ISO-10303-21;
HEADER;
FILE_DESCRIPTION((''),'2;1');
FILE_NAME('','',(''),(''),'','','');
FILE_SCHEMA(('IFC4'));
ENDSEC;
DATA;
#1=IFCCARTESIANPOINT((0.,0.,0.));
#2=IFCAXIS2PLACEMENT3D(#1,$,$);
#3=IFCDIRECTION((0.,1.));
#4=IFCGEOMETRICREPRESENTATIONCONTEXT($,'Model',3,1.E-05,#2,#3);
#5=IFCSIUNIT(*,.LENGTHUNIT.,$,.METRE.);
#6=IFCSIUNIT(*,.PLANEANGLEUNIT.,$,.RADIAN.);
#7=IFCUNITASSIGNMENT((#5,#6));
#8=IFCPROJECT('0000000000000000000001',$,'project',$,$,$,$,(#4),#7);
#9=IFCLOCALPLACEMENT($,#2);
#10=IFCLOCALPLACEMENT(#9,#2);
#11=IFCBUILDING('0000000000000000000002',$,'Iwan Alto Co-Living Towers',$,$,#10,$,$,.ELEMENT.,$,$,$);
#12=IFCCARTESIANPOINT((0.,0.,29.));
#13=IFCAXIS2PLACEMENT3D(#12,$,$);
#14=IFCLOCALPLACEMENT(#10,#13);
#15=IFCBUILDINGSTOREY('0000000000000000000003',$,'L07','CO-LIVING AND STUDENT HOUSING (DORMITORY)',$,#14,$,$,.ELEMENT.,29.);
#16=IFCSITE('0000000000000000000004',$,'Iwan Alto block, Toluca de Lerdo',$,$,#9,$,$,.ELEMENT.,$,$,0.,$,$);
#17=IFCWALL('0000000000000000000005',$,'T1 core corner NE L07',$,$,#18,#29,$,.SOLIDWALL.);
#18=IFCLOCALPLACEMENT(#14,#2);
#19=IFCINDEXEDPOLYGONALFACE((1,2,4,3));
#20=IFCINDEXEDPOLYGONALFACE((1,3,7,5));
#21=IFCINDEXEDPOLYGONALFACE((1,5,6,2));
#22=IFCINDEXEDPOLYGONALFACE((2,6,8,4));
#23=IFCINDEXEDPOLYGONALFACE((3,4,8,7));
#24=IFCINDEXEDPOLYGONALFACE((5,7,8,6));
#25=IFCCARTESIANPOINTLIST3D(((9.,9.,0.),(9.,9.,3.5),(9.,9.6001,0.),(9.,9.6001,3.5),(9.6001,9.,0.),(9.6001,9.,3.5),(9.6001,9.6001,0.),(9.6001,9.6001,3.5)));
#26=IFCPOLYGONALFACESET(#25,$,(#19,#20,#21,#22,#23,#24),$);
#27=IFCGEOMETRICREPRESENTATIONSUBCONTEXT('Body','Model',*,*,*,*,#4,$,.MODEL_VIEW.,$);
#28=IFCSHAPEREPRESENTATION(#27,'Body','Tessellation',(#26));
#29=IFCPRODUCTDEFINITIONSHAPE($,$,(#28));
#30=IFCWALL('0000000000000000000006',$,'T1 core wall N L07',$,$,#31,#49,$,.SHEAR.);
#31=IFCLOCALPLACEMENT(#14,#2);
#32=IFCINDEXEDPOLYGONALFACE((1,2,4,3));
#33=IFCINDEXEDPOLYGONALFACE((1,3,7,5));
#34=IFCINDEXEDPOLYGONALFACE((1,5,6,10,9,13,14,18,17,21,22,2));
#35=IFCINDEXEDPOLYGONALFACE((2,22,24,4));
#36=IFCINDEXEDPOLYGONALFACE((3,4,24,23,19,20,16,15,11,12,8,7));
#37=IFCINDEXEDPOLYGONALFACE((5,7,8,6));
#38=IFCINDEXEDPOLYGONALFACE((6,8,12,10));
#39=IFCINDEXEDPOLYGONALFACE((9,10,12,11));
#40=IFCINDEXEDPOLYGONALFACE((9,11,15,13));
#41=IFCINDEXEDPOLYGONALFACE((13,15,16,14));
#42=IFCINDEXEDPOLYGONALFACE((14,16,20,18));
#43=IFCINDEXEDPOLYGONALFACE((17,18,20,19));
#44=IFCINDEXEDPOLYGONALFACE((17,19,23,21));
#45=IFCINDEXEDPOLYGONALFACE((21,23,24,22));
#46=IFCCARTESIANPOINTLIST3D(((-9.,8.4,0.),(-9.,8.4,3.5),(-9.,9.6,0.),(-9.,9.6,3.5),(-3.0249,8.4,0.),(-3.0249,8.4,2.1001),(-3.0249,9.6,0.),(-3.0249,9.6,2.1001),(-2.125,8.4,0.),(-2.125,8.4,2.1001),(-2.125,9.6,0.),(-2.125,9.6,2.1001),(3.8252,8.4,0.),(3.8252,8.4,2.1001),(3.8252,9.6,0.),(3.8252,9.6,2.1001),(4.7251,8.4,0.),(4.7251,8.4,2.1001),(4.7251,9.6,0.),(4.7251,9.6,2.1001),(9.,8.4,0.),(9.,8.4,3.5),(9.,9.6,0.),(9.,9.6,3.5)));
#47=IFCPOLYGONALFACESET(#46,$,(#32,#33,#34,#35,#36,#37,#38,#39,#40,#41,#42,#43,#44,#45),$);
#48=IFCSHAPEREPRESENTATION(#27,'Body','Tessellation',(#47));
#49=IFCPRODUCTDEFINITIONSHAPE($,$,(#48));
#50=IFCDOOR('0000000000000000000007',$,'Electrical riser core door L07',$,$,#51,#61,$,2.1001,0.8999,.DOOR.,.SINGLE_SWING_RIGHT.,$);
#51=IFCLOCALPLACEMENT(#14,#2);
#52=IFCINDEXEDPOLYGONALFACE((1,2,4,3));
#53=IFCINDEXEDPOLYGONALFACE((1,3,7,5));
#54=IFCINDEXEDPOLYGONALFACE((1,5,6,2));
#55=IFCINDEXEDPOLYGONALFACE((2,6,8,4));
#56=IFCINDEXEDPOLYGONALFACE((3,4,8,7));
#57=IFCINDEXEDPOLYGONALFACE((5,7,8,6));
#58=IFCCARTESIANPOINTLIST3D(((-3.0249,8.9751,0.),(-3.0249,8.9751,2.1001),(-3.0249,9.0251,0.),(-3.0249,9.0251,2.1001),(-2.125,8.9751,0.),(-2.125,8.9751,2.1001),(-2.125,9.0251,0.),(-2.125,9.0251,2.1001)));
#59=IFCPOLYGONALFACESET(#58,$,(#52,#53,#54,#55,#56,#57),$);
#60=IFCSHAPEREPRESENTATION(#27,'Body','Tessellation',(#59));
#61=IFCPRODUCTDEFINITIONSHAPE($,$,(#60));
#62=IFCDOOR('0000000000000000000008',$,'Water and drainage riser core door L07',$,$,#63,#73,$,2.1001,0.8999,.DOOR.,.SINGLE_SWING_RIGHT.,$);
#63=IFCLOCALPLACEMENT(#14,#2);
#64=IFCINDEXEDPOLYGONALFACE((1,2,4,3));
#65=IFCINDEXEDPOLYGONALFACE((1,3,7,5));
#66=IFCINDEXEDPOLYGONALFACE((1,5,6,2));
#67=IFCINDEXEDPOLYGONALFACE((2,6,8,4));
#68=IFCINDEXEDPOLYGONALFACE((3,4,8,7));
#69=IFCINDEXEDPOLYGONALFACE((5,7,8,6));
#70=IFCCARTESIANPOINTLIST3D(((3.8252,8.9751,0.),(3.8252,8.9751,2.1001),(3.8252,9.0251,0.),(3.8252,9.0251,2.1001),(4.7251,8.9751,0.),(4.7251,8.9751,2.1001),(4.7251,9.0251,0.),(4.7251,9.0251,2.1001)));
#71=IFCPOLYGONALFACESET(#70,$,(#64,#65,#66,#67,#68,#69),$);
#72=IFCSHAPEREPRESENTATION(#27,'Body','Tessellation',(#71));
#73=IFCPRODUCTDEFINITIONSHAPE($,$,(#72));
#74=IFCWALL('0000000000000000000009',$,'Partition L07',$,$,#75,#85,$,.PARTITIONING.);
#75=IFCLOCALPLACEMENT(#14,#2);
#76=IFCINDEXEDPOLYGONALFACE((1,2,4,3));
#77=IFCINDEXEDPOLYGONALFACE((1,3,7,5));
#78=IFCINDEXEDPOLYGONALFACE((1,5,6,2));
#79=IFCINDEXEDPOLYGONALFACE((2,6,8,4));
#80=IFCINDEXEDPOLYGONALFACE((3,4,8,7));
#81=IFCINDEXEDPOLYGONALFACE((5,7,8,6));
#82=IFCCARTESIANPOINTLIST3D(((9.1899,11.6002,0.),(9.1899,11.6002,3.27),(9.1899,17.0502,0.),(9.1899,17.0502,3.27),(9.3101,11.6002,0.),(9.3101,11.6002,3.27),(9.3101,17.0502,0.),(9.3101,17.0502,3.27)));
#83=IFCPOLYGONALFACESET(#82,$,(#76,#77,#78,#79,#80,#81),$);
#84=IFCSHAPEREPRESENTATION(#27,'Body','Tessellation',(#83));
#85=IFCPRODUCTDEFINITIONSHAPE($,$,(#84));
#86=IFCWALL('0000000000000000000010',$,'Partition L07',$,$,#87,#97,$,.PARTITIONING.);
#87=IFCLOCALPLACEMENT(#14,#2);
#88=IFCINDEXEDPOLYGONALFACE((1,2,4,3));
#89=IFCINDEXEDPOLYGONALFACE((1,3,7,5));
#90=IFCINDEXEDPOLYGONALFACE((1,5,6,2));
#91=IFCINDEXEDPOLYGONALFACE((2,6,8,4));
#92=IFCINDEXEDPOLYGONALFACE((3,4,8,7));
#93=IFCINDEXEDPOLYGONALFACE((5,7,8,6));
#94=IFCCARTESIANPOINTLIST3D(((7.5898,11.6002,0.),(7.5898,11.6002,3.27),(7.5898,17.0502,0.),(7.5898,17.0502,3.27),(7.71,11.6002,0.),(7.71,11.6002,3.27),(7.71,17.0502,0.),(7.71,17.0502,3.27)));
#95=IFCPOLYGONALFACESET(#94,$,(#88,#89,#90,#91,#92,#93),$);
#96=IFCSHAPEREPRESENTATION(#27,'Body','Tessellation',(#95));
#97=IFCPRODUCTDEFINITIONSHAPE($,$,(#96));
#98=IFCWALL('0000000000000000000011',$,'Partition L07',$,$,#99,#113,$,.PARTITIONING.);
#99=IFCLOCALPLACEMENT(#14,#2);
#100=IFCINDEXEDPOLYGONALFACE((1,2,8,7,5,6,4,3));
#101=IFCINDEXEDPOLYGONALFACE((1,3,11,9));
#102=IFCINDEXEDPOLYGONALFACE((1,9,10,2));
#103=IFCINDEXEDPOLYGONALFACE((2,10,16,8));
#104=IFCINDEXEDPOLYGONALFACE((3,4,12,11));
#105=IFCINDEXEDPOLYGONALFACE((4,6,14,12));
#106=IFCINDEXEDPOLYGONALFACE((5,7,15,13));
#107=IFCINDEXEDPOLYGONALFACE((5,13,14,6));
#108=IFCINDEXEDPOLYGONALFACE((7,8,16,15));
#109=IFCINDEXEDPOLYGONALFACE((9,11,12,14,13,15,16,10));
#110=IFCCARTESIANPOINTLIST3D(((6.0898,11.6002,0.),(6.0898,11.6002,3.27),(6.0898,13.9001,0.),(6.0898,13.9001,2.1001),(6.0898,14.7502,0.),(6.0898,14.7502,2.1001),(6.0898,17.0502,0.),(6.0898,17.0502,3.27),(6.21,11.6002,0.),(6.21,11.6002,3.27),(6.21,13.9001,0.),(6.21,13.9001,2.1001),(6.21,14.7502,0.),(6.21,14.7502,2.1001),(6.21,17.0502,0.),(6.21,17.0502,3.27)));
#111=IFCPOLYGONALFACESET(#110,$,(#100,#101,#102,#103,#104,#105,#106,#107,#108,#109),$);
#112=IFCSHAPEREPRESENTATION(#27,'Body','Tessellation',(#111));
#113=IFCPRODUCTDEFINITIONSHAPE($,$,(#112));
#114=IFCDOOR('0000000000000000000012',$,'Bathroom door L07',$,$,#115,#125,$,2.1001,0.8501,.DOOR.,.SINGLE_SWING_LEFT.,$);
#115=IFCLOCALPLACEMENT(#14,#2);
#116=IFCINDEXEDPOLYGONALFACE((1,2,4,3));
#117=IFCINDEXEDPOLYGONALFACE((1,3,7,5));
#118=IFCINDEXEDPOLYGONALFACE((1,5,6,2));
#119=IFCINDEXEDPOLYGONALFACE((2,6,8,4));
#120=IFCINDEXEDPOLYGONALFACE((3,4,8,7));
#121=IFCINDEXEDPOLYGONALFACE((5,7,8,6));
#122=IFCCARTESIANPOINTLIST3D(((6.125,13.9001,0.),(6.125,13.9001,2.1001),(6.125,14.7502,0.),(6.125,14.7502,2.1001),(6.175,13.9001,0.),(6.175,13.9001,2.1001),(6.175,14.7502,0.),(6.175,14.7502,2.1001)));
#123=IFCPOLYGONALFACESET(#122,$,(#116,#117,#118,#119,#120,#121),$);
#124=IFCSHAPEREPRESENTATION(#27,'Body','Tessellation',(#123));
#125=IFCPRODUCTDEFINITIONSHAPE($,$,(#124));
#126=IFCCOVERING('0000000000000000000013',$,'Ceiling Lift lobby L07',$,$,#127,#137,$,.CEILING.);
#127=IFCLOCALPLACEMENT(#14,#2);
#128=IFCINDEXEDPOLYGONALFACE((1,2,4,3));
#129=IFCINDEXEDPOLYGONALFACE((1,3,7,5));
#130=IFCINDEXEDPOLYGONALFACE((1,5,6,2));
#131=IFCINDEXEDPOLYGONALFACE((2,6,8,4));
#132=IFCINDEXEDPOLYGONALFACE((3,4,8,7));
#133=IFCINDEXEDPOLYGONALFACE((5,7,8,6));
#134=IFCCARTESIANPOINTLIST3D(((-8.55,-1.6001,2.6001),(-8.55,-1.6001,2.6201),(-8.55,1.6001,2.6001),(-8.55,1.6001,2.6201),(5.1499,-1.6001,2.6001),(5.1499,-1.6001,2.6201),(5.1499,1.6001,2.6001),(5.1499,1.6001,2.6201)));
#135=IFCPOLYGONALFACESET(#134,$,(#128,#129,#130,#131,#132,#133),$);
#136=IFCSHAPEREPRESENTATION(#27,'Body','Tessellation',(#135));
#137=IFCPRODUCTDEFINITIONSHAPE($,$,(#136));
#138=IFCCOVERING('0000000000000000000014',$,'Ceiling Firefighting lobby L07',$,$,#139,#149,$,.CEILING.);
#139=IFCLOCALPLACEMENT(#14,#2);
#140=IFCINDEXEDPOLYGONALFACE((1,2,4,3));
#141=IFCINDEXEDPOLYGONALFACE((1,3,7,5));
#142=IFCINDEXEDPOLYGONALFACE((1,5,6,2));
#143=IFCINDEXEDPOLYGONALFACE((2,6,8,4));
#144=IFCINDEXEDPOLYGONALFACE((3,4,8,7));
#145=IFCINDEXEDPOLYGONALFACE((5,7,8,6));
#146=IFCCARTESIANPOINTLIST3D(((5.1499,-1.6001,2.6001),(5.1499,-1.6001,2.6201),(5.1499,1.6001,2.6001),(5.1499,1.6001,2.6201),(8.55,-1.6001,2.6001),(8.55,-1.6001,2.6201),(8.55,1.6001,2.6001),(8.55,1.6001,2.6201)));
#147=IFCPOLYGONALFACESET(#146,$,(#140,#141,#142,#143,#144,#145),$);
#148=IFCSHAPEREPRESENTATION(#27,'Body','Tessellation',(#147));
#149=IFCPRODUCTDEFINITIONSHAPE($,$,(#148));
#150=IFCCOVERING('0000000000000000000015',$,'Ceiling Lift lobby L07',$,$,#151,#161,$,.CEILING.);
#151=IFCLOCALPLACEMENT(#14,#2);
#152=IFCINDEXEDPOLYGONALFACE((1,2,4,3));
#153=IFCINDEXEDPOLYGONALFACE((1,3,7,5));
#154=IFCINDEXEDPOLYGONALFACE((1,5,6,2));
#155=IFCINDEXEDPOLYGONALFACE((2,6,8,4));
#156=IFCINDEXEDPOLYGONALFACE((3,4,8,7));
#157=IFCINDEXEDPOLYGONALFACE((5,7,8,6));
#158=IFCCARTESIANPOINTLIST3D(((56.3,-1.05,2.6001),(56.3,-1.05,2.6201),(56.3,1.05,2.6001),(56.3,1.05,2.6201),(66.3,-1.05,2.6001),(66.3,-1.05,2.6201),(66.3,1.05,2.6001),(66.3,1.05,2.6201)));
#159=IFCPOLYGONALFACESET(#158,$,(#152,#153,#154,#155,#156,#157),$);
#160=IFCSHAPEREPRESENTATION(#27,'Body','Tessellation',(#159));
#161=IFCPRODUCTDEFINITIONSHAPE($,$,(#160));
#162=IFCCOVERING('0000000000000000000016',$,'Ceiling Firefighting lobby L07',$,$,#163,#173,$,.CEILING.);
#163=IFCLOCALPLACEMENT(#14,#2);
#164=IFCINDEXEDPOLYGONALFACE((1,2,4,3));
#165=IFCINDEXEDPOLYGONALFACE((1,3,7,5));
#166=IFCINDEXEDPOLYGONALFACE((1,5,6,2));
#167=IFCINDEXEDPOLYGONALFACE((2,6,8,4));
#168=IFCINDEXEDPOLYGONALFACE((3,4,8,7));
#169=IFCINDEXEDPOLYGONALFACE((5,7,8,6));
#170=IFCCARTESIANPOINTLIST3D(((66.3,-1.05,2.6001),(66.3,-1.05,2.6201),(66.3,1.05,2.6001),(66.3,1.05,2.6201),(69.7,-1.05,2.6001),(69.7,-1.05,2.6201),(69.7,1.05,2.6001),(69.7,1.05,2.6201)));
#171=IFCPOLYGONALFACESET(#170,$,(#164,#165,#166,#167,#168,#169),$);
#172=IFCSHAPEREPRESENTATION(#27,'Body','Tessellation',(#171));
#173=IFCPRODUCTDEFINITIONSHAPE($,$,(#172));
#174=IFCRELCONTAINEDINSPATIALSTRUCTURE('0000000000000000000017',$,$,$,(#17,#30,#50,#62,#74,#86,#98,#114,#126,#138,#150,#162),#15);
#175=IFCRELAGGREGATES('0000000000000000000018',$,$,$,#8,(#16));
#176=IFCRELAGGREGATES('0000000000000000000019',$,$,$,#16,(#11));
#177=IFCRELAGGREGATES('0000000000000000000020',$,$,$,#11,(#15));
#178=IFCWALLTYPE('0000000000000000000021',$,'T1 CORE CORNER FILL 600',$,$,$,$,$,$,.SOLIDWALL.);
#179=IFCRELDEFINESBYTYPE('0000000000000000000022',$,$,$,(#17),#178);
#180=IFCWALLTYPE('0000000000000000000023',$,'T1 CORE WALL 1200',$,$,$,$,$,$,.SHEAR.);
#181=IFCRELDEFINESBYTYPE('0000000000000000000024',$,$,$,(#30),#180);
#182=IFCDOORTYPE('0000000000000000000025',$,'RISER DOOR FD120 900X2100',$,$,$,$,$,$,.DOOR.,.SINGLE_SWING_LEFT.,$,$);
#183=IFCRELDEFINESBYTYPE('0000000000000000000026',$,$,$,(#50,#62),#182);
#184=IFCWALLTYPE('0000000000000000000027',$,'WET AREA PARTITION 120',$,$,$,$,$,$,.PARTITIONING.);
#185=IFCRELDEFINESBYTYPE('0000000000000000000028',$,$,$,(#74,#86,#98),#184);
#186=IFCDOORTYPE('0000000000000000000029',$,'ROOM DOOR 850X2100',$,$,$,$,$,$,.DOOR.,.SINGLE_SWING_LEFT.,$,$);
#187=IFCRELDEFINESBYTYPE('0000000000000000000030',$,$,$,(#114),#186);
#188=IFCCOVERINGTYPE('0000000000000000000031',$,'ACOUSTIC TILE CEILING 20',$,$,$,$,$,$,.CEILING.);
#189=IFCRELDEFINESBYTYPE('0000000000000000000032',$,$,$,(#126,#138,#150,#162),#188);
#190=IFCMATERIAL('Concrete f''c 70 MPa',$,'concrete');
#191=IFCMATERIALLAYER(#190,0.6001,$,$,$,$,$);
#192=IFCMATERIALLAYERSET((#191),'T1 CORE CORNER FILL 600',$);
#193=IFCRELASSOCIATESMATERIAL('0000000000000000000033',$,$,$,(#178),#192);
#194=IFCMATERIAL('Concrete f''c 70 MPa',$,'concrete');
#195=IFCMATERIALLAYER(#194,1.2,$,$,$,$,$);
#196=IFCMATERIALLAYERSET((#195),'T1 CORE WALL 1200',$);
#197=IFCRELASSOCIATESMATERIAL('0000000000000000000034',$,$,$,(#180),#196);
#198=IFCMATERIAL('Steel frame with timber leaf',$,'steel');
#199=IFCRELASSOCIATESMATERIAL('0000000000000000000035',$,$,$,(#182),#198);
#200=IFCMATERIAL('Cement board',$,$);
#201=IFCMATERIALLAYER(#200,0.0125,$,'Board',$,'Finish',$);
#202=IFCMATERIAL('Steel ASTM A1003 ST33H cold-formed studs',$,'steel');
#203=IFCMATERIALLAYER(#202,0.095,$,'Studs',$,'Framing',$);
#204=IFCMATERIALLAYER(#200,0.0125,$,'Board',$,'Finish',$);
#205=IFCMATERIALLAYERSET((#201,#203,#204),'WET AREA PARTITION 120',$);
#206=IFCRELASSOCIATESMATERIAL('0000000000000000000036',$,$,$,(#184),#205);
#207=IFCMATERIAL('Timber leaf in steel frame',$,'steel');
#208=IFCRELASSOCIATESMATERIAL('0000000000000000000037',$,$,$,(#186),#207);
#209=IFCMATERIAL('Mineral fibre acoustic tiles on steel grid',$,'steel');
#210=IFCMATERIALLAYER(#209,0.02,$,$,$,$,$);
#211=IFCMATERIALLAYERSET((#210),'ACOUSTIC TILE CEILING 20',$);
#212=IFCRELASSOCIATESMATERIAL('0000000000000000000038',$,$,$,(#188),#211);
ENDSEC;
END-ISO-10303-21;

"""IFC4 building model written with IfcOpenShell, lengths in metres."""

from ifc_helpers import new_model, si_unit, direction, frame, frame_2d, origin, place, context, subcontext, project, spatial, polyline, rectangle, outline, extrude, material, layer, layer_set, type_object, element, fill, save


model = new_model("IFC4")

# Units and contexts
model_context = context("Model", 3, precision=1e-05, world=origin(), true_north=direction((0.0, 1.0)))
body_context = subcontext(model_context, "Body", "Model", "MODEL_VIEW")
ifc_project = project(units=[si_unit("LENGTHUNIT", "METRE"), si_unit("PLANEANGLEUNIT", "RADIAN")], contexts=[model_context])

# Site, building, storey
site_placement = place(None, origin())
site = spatial("IfcSite", under=ifc_project, at=site_placement, Name="Iwan Alto block, Toluca de Lerdo", CompositionType="ELEMENT", RefElevation=0.0)
building_placement = place(site_placement, origin())
building = spatial("IfcBuilding", under=site, at=building_placement, Name="Iwan Alto Co-Living Towers", CompositionType="ELEMENT")
storey_placement = place(building_placement, frame((0.0, 0.0, 29.0)))
storey = spatial("IfcBuildingStorey", under=building, at=storey_placement, Name="L07", Description="CO-LIVING AND STUDENT HOUSING (DORMITORY)", CompositionType="ELEMENT", Elevation=29.0)

# Wall
ifc_material_1 = material(Name="Steel ASTM A1003 ST33H cold-formed studs", Category="steel")
ifc_material_2 = material(Name="Concrete f'c 70 MPa", Category="concrete")
ifc_layer_1 = layer(ifc_material_2, 0.6001)
ifc_layer_set_1 = layer_set([ifc_layer_1], Name="T1 CORE CORNER FILL 600")
wall_type_1 = type_object("IfcWallType", Name="T1 CORE CORNER FILL 600", PredefinedType="SOLIDWALL", material=ifc_layer_set_1)
wall_1_placement = place(storey_placement, frame((9.0, 9.3, 0.0), z_axis=(0.0, 0.0, 1.0), x_axis=(1.0, 0.0, 0.0)))
element("IfcWall", 1, at=wall_1_placement, inside=storey, type_object=wall_type_1, Name="T1 core corner NE L07", PredefinedType="SOLIDWALL", context=body_context, shape_type="SweptSolid", body=[
    extrude(rectangle(XDim=0.6001, YDim=0.6001, at=frame_2d((0.3, 0.0))), origin(), (0.0, 0.0, 1.0), 3.5),
])

# Wall, openings, doors
ifc_material_3 = material(Name="Concrete f'c 70 MPa", Category="concrete")
ifc_layer_2 = layer(ifc_material_3, 1.2)
ifc_layer_set_2 = layer_set([ifc_layer_2], Name="T1 CORE WALL 1200")
wall_type_2 = type_object("IfcWallType", Name="T1 CORE WALL 1200", PredefinedType="SHEAR", material=ifc_layer_set_2)
wall_2_placement = place(storey_placement, frame((9.0, 9.0, 0.0), z_axis=(0.0, 0.0, 1.0), x_axis=(-1.0, 0.0, 0.0)))
wall_2 = element("IfcWall", 2, at=wall_2_placement, inside=storey, type_object=wall_type_2, Name="T1 core wall N L07", PredefinedType="SHEAR", context=body_context, shape_type="SweptSolid", body=[
    extrude(rectangle(XDim=18.0, YDim=1.2, at=frame_2d((9.0, 0.0))), origin(), (0.0, 0.0, 1.0), 3.5),
])
opening_1_placement = place(wall_2_placement, frame((11.125, 0.0, 0.0)))
opening_1 = element("IfcOpeningElement", 3, at=opening_1_placement, cuts=wall_2, PredefinedType="OPENING", context=body_context, shape_type="SweptSolid", body=[
    extrude(rectangle(XDim=0.8999, YDim=2.1001, at=frame_2d((0.45, 1.05))), frame((0.0, 0.6099, 0.0), z_axis=(0.0, -1.0, 0.0), x_axis=(1.0, 0.0, 0.0)), (0.0, 0.0, 1.0), 1.22),
])
opening_2_placement = place(wall_2_placement, frame((4.2749, 0.0, 0.0)))
opening_2 = element("IfcOpeningElement", 4, at=opening_2_placement, cuts=wall_2, PredefinedType="OPENING", context=body_context, shape_type="SweptSolid", body=[
    extrude(rectangle(XDim=0.8999, YDim=2.1001, at=frame_2d((0.45, 1.05))), frame((0.0, 0.6099, 0.0), z_axis=(0.0, -1.0, 0.0), x_axis=(1.0, 0.0, 0.0)), (0.0, 0.0, 1.0), 1.22),
])
ifc_material_4 = material(Name="Steel frame with timber leaf", Category="steel")
door_type_1 = type_object("IfcDoorType", Name="RISER DOOR FD120 900X2100", OperationType="SINGLE_SWING_LEFT", PredefinedType="DOOR", material=ifc_material_4)
door_1_placement = place(opening_1_placement, origin())
door_1 = element("IfcDoor", 5, at=door_1_placement, inside=storey, type_object=door_type_1, Name="Electrical riser core door L07", OperationType="SINGLE_SWING_RIGHT", OverallHeight=2.1001, OverallWidth=0.8999, PredefinedType="DOOR", context=body_context, shape_type="SweptSolid", body=[
    extrude(rectangle(XDim=0.8999, YDim=2.1001, at=frame_2d((0.45, 1.05))), frame((0.0, 0.0249, 0.0), z_axis=(0.0, -1.0, 0.0), x_axis=(1.0, 0.0, 0.0)), (0.0, 0.0, 1.0), 0.05),
])
fill(opening_1, door_1)
door_2_placement = place(opening_2_placement, origin())
door_2 = element("IfcDoor", 6, at=door_2_placement, inside=storey, type_object=door_type_1, Name="Water and drainage riser core door L07", OperationType="SINGLE_SWING_RIGHT", OverallHeight=2.1001, OverallWidth=0.8999, PredefinedType="DOOR", context=body_context, shape_type="SweptSolid", body=[
    extrude(rectangle(XDim=0.8999, YDim=2.1001, at=frame_2d((0.45, 1.05))), frame((0.0, 0.0249, 0.0), z_axis=(0.0, -1.0, 0.0), x_axis=(1.0, 0.0, 0.0)), (0.0, 0.0, 1.0), 0.05),
])
fill(opening_2, door_2)

# Walls
ifc_material_5 = material(Name="Cement board")
ifc_layer_3 = layer(ifc_material_5, 0.0125, Name="Board", Category="Finish")
ifc_layer_4 = layer(ifc_material_1, 0.095, Name="Studs", Category="Framing")
ifc_layer_5 = layer(ifc_material_5, 0.0125, Name="Board", Category="Finish")
ifc_layer_set_3 = layer_set([ifc_layer_3, ifc_layer_4, ifc_layer_5], Name="WET AREA PARTITION 120")
wall_type_3 = type_object("IfcWallType", Name="WET AREA PARTITION 120", PredefinedType="PARTITIONING", material=ifc_layer_set_3)
for number, where, z_axis, x_axis, name in (
    (7, (9.25, 11.6001, 0.0), (0.0, 0.0, 1.0), (0.0, 1.0, 0.0), "Partition L07"),
    (8, (7.6499, 11.6001, 0.0), (0.0, 0.0, 1.0), (0.0, 1.0, 0.0), "Partition L07"),
):
    element("IfcWall", number, at=place(storey_placement, frame(where, z_axis=z_axis, x_axis=x_axis)), inside=storey, type_object=wall_type_3, Name=name, PredefinedType="PARTITIONING", context=body_context, shape_type="SweptSolid", body=[
        extrude(rectangle(XDim=5.45, YDim=0.1201, at=frame_2d((2.7251, 0.0))), origin(), (0.0, 0.0, 1.0), 3.27),
    ])

# Wall, opening, door
wall_3_placement = place(storey_placement, frame((6.1499, 11.6001, 0.0), z_axis=(0.0, 0.0, 1.0), x_axis=(0.0, 1.0, 0.0)))
wall_3 = element("IfcWall", 9, at=wall_3_placement, inside=storey, type_object=wall_type_3, Name="Partition L07", PredefinedType="PARTITIONING", context=body_context, shape_type="SweptSolid", body=[
    extrude(rectangle(XDim=5.45, YDim=0.1201, at=frame_2d((2.7251, 0.0))), origin(), (0.0, 0.0, 1.0), 3.27),
])
opening_3_placement = place(wall_3_placement, frame((2.3, 0.0, 0.0)))
opening_3 = element("IfcOpeningElement", 10, at=opening_3_placement, cuts=wall_3, PredefinedType="OPENING", context=body_context, shape_type="SweptSolid", body=[
    extrude(rectangle(XDim=0.8501, YDim=2.1001, at=frame_2d((0.425, 1.05))), frame((0.0, 0.0701, 0.0), z_axis=(0.0, -1.0, 0.0), x_axis=(1.0, 0.0, 0.0)), (0.0, 0.0, 1.0), 0.1401),
])
ifc_material_6 = material(Name="Timber leaf in steel frame", Category="steel")
door_type_2 = type_object("IfcDoorType", Name="ROOM DOOR 850X2100", OperationType="SINGLE_SWING_LEFT", PredefinedType="DOOR", material=ifc_material_6)
door_3_placement = place(opening_3_placement, origin())
door_3 = element("IfcDoor", 11, at=door_3_placement, inside=storey, type_object=door_type_2, Name="Bathroom door L07", OperationType="SINGLE_SWING_LEFT", OverallHeight=2.1001, OverallWidth=0.8501, PredefinedType="DOOR", context=body_context, shape_type="SweptSolid", body=[
    extrude(rectangle(XDim=0.8501, YDim=2.1001, at=frame_2d((0.425, 1.05))), frame((0.0, 0.0249, 0.0), z_axis=(0.0, -1.0, 0.0), x_axis=(1.0, 0.0, 0.0)), (0.0, 0.0, 1.0), 0.05),
])
fill(opening_3, door_3)

# Coverings
ifc_material_7 = material(Name="Mineral fibre acoustic tiles on steel grid", Category="steel")
ifc_layer_6 = layer(ifc_material_7, 0.02)
ifc_layer_set_4 = layer_set([ifc_layer_6], Name="ACOUSTIC TILE CEILING 20")
covering_type_1 = type_object("IfcCoveringType", Name="ACOUSTIC TILE CEILING 20", PredefinedType="CEILING", material=ifc_layer_set_4)
covering_1_placement = place(storey_placement, frame((0.0, 0.0, 2.6001)))
element("IfcCovering", 12, at=covering_1_placement, inside=storey, type_object=covering_type_1, Name="Ceiling Lift lobby L07", PredefinedType="CEILING", context=body_context, shape_type="SweptSolid", body=[
    extrude(outline(polyline([(-8.55, -1.6001), (-8.55, 1.6001), (5.1499, 1.6001), (5.1499, -1.6001), (-8.55, -1.6001)])), origin(), (0.0, 0.0, 1.0), 0.02),
])
covering_2_placement = place(storey_placement, frame((0.0, 0.0, 2.6001)))
element("IfcCovering", 13, at=covering_2_placement, inside=storey, type_object=covering_type_1, Name="Ceiling Firefighting lobby L07", PredefinedType="CEILING", context=body_context, shape_type="SweptSolid", body=[
    extrude(outline(polyline([(5.1499, -1.6001), (5.1499, 1.6001), (8.55, 1.6001), (8.55, -1.6001), (5.1499, -1.6001)])), origin(), (0.0, 0.0, 1.0), 0.02),
])
covering_3_placement = place(storey_placement, frame((0.0, 0.0, 2.6001)))
element("IfcCovering", 14, at=covering_3_placement, inside=storey, type_object=covering_type_1, Name="Ceiling Lift lobby L07", PredefinedType="CEILING", context=body_context, shape_type="SweptSolid", body=[
    extrude(outline(polyline([(56.3, -1.05), (56.3, 1.05), (66.3, 1.05), (66.3, -1.05), (56.3, -1.05)])), origin(), (0.0, 0.0, 1.0), 0.02),
])
covering_4_placement = place(storey_placement, frame((0.0, 0.0, 2.6001)))
element("IfcCovering", 15, at=covering_4_placement, inside=storey, type_object=covering_type_1, Name="Ceiling Firefighting lobby L07", PredefinedType="CEILING", context=body_context, shape_type="SweptSolid", body=[
    extrude(outline(polyline([(66.3, -1.05), (66.3, 1.05), (69.7, 1.05), (69.7, -1.05), (66.3, -1.05)])), origin(), (0.0, 0.0, 1.0), 0.02),
])

save(model, "model.ifc")
